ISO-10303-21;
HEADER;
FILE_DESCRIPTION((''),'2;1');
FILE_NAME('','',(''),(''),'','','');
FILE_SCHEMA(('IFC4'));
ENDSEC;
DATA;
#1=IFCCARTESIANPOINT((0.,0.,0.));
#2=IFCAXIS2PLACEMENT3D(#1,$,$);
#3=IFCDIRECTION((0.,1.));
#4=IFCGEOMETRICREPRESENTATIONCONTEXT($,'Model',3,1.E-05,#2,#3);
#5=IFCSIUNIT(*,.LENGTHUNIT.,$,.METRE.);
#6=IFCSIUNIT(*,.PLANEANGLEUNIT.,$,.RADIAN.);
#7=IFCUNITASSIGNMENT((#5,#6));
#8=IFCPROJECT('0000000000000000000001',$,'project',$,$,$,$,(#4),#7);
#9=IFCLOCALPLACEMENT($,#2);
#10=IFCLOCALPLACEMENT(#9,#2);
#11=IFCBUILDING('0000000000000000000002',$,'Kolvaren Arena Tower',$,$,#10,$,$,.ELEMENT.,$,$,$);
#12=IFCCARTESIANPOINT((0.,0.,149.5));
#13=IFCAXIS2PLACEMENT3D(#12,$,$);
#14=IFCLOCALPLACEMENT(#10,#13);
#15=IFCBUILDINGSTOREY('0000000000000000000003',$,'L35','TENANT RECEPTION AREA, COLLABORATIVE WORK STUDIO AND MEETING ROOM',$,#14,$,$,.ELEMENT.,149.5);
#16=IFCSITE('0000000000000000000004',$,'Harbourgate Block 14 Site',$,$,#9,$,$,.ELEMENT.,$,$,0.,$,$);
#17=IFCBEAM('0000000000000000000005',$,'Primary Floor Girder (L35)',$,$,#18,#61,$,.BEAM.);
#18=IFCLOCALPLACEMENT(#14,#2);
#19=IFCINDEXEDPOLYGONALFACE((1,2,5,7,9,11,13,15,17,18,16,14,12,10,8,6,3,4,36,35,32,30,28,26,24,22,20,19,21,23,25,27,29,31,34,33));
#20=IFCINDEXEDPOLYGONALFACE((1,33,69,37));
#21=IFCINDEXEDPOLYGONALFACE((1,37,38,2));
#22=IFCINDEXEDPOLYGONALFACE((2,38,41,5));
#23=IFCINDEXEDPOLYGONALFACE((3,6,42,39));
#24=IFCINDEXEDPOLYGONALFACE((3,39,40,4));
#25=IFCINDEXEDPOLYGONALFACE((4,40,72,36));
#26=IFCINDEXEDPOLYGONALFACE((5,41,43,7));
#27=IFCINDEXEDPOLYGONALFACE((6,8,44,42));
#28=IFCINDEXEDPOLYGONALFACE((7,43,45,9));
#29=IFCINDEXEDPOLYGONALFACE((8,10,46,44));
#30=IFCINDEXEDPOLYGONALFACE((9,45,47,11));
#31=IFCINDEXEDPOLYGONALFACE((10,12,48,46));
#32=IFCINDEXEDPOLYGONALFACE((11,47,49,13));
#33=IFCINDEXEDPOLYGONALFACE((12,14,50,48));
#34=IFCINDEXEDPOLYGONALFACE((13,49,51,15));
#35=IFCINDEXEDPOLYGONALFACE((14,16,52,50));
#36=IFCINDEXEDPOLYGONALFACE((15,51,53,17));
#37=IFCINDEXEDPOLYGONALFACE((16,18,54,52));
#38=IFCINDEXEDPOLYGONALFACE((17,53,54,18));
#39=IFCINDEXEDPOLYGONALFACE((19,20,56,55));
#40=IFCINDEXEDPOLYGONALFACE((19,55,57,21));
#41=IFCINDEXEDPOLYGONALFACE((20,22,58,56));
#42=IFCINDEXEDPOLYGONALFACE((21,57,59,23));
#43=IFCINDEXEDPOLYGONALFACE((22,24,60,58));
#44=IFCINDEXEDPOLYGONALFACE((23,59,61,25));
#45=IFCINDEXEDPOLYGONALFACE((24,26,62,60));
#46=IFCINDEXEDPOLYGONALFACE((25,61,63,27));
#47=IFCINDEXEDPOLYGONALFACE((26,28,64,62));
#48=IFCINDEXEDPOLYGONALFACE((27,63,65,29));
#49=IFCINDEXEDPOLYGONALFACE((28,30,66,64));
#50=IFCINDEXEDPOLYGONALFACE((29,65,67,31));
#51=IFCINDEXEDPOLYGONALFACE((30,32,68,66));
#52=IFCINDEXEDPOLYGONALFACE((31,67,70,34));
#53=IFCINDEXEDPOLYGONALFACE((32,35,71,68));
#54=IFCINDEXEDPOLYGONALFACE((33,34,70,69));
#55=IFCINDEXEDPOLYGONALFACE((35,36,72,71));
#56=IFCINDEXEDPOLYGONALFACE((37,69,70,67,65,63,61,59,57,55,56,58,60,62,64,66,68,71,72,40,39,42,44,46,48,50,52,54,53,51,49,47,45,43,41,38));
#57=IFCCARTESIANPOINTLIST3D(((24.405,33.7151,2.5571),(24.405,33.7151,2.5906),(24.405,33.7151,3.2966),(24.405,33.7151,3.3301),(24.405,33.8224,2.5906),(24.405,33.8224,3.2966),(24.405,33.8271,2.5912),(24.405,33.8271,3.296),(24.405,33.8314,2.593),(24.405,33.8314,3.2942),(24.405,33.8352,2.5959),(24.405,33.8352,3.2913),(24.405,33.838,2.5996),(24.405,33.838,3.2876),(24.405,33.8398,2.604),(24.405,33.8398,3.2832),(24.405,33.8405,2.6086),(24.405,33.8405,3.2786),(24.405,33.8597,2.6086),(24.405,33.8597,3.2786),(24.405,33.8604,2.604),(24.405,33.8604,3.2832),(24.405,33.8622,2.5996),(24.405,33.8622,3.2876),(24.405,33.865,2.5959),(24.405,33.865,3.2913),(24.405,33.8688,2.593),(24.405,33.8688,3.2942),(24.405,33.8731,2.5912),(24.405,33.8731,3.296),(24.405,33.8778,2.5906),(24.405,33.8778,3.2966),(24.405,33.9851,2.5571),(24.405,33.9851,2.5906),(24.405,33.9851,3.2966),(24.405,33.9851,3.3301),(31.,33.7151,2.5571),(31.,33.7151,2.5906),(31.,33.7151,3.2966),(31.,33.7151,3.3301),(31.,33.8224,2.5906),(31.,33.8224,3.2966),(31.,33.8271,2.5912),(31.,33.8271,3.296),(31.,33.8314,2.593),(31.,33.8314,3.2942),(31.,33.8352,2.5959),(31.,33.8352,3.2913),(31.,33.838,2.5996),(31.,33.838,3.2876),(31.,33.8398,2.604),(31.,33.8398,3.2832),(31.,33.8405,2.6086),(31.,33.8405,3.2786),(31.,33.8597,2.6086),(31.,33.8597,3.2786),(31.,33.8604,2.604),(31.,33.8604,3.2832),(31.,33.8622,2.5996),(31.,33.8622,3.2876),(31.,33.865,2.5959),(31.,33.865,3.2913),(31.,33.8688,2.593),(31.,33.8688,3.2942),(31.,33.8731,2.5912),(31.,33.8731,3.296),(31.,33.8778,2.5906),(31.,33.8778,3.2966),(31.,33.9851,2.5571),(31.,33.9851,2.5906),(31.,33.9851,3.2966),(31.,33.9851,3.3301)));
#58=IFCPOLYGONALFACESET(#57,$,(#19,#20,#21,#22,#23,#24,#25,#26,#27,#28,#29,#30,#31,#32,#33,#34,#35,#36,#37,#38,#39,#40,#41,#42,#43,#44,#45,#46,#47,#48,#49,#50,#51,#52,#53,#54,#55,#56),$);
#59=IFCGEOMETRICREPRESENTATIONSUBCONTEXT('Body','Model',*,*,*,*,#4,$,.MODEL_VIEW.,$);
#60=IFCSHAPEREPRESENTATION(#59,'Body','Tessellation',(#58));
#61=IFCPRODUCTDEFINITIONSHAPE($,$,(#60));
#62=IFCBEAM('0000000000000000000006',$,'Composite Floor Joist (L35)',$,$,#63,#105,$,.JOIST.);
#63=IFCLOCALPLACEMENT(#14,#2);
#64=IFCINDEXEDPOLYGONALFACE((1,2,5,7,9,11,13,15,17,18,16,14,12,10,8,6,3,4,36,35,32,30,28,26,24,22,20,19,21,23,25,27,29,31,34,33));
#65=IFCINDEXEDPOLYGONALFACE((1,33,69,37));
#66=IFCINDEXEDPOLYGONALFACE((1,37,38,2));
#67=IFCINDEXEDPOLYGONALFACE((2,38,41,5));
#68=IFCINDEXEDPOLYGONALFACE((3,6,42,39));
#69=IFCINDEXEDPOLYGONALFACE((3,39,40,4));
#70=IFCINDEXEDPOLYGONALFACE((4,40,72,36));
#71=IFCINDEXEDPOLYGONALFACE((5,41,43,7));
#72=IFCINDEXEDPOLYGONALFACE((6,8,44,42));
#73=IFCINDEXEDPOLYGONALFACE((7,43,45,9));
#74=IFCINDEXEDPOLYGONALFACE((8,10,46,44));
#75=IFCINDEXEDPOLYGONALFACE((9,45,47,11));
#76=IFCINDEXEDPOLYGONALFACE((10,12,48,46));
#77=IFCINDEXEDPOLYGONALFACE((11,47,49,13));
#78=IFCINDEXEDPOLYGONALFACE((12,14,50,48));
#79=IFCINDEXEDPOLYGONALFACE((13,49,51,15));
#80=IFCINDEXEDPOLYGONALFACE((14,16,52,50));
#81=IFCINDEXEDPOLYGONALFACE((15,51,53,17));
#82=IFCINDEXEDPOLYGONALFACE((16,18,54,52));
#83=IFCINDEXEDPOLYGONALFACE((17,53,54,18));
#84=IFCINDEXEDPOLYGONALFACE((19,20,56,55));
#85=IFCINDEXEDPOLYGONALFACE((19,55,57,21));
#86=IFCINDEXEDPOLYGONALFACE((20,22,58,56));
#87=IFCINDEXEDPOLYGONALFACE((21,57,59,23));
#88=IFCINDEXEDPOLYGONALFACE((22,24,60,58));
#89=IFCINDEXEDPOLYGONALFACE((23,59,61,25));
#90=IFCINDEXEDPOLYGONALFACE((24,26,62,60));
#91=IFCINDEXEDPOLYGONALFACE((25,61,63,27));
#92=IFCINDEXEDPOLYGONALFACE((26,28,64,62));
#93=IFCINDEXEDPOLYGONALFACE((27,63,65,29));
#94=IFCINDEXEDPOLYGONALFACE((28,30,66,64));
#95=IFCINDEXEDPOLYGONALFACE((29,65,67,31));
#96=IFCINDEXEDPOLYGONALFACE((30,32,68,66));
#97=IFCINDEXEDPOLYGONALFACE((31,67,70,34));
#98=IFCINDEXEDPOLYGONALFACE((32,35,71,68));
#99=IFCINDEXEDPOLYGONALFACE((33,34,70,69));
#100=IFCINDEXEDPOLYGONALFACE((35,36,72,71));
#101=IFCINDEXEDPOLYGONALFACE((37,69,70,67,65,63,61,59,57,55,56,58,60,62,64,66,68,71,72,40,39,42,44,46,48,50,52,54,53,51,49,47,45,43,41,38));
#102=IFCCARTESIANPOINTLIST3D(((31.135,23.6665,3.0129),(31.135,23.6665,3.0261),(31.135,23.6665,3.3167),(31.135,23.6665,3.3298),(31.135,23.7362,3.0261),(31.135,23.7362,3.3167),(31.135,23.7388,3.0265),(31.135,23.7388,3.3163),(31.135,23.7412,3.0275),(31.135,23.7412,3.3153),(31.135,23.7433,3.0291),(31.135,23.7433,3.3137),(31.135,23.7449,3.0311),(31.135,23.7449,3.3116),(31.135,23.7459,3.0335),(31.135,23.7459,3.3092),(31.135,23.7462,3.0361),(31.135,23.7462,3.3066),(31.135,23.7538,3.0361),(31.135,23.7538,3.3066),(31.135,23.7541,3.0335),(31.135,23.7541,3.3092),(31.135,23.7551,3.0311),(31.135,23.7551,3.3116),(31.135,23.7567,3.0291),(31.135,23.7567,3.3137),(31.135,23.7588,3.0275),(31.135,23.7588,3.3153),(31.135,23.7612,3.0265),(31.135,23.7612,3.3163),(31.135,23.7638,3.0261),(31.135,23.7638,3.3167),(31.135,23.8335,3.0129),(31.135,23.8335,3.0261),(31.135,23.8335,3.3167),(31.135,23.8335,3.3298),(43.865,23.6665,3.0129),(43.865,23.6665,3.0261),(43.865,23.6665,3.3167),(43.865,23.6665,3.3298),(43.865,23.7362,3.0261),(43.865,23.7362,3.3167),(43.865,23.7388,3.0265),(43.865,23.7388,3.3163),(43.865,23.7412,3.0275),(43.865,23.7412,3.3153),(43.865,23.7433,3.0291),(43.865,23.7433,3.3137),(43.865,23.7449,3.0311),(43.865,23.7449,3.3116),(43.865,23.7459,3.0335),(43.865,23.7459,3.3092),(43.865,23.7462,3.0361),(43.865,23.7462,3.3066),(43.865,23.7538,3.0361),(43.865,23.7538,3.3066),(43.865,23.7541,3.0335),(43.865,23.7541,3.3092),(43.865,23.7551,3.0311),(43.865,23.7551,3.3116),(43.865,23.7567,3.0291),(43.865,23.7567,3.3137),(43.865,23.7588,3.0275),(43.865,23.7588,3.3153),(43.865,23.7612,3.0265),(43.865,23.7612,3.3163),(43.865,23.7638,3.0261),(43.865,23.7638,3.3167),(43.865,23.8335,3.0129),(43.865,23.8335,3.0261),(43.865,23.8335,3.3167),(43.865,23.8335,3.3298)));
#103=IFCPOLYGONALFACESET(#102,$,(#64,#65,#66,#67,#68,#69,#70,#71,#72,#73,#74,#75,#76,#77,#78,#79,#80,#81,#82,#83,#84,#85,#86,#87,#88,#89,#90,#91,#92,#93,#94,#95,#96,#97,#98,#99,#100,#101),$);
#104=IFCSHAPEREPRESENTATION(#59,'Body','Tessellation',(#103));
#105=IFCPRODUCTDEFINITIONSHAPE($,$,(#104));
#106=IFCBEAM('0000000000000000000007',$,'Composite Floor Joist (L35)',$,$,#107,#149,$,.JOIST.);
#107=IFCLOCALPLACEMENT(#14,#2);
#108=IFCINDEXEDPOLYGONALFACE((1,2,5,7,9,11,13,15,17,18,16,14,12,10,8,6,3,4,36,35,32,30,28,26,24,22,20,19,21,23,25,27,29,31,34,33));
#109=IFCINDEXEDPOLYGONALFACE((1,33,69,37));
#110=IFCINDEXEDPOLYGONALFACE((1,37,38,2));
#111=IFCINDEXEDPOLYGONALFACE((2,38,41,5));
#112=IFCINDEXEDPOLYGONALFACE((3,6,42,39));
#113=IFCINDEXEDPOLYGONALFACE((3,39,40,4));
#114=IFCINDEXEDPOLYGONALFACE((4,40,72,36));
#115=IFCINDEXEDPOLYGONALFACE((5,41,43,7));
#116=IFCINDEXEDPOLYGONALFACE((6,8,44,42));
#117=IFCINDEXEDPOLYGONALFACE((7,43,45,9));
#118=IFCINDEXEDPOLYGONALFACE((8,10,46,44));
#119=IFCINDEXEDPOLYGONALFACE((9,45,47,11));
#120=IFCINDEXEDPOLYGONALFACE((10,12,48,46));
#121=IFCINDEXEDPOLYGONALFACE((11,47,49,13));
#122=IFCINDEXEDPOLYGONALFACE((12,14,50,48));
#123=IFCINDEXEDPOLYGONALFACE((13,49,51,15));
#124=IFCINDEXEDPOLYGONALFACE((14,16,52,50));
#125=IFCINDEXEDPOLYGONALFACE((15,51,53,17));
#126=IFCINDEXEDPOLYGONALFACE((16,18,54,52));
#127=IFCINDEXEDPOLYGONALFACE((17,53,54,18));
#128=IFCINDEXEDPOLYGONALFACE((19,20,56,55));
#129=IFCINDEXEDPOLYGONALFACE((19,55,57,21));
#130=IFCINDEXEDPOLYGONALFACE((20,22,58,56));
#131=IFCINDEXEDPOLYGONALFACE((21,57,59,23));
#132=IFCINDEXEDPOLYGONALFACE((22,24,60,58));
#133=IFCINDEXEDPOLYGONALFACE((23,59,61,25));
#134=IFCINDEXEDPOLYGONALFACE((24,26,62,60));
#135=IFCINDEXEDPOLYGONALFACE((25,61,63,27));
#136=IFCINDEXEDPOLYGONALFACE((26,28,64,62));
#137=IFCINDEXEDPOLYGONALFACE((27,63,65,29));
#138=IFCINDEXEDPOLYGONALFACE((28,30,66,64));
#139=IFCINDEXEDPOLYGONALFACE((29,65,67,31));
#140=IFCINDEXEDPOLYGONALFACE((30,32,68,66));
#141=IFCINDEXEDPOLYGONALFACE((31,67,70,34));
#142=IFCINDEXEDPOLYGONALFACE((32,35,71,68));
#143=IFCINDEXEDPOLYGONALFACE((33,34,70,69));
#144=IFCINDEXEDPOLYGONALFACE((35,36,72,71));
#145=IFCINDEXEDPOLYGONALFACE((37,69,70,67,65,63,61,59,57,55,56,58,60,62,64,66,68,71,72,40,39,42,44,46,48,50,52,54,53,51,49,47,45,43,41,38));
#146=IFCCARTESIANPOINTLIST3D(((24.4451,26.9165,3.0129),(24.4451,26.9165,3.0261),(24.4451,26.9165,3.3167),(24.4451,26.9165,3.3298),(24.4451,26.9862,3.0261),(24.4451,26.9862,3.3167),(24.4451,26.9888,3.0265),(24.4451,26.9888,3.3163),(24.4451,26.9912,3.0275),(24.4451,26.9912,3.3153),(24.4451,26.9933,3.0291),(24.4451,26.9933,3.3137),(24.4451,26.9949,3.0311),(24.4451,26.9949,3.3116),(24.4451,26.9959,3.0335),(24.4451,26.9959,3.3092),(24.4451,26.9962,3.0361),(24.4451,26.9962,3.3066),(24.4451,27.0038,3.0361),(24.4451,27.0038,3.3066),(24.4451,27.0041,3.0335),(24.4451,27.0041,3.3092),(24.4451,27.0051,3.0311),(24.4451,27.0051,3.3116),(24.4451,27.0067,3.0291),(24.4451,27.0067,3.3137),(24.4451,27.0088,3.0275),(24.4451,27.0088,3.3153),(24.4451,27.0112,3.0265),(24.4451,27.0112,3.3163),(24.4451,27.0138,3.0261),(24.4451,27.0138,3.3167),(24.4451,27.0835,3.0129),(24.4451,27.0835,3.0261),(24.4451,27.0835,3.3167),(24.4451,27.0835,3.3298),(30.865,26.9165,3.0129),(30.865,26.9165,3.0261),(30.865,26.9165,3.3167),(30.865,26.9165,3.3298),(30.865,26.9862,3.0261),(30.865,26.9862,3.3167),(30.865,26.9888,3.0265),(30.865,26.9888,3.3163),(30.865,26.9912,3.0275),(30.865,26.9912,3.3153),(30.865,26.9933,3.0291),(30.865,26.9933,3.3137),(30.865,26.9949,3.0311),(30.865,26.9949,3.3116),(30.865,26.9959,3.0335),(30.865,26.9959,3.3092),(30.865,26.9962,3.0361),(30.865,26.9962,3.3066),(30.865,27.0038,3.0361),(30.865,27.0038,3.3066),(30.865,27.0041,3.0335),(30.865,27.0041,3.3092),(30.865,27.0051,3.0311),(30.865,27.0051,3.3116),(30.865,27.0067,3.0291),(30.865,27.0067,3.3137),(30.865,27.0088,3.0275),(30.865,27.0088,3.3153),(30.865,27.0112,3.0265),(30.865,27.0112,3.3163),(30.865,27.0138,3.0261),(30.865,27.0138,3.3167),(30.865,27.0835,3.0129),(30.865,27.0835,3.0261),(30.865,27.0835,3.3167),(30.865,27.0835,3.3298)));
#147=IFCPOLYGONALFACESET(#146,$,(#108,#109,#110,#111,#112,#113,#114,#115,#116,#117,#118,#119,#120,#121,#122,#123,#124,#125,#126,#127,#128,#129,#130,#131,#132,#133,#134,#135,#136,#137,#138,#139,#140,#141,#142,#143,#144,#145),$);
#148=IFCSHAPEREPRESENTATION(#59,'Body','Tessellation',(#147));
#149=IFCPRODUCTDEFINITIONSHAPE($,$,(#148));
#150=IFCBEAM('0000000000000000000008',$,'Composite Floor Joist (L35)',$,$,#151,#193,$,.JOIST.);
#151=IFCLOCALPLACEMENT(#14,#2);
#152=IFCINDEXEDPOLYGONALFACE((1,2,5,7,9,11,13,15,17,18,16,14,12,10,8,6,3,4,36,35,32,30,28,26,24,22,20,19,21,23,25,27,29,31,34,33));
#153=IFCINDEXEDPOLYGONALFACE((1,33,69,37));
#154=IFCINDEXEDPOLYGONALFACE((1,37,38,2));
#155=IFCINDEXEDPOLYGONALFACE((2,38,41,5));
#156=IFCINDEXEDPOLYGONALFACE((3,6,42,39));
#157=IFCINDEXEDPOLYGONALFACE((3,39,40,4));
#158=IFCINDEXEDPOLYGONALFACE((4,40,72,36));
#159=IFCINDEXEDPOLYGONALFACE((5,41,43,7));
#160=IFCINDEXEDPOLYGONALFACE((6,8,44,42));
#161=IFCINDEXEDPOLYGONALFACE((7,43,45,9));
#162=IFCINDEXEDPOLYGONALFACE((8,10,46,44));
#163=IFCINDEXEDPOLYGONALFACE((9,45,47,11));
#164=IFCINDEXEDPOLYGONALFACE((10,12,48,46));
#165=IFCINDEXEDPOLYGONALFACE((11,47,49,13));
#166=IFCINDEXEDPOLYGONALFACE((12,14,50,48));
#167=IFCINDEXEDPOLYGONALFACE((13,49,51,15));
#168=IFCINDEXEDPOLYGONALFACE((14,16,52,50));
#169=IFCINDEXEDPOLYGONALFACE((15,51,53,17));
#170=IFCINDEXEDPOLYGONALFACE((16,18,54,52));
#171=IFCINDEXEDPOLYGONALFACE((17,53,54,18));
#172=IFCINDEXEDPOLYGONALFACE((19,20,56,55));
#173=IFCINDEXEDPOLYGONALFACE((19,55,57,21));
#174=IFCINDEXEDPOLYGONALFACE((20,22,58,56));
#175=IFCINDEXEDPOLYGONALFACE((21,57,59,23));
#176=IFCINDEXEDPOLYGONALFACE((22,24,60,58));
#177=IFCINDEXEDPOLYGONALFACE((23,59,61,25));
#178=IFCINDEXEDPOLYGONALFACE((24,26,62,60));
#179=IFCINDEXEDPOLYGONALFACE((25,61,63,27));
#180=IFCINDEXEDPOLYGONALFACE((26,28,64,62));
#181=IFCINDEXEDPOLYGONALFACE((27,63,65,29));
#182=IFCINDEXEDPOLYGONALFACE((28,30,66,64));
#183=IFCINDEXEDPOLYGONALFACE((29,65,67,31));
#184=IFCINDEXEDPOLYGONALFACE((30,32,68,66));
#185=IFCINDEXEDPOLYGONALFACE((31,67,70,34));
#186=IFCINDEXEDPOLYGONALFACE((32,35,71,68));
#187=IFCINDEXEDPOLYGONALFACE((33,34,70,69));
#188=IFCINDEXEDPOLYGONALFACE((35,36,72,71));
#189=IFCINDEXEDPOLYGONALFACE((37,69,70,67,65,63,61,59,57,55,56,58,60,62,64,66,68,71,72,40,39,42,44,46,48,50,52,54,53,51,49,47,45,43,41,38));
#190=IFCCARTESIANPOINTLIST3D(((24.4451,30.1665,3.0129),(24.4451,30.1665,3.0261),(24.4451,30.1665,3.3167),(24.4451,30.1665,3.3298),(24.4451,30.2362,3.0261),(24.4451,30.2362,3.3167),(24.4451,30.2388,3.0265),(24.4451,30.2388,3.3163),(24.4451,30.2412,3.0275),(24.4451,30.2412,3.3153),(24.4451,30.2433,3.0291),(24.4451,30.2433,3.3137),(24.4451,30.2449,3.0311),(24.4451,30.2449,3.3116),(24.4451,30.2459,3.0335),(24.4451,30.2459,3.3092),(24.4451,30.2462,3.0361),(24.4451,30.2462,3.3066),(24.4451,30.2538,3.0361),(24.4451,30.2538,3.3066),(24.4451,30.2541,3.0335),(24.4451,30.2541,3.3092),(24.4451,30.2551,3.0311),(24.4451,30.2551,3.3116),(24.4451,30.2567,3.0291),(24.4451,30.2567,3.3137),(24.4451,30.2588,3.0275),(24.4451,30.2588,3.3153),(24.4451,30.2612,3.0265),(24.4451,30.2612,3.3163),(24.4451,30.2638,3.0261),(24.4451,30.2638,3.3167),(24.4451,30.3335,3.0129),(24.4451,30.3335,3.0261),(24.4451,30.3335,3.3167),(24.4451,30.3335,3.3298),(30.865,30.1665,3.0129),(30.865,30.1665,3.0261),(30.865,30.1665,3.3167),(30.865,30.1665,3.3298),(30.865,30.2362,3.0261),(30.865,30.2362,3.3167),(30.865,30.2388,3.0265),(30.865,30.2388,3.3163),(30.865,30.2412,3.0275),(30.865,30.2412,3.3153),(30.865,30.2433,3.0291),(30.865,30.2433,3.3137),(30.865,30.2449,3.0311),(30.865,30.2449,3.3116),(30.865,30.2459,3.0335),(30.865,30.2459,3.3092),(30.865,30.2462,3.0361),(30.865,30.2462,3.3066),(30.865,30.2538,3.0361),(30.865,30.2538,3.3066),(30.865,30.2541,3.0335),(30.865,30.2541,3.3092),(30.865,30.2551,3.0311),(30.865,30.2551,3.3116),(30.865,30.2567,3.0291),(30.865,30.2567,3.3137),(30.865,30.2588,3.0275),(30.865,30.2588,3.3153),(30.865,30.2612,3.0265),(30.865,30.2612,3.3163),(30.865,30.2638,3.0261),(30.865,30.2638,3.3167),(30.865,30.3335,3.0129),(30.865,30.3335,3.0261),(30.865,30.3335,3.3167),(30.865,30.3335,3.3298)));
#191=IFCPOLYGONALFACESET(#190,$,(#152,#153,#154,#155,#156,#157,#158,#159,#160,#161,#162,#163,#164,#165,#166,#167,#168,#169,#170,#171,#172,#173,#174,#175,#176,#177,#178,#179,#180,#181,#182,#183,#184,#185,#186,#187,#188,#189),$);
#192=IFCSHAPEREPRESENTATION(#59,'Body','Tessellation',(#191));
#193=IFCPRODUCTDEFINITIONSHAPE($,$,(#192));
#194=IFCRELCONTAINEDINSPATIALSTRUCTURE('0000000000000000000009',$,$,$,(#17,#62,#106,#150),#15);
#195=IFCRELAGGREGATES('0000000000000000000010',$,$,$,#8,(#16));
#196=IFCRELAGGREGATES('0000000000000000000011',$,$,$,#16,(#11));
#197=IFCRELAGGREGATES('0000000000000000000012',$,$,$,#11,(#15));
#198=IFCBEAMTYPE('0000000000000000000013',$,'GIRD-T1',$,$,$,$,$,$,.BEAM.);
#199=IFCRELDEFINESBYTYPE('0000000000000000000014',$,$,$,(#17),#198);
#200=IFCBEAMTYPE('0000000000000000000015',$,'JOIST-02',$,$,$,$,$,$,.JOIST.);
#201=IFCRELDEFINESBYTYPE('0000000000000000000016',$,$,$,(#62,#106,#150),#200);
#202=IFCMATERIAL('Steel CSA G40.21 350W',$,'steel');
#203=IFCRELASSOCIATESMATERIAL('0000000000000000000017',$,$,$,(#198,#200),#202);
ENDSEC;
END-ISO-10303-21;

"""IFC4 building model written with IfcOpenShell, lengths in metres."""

from ifc_helpers import new_model, si_unit, direction, frame, origin, origin_2d, place, context, subcontext, project, spatial, i_section, extrude, material, material_profile, profile_set, type_object, element, save


model = new_model("IFC4")

# Units and contexts
model_context = context("Model", 3, precision=1e-05, world=origin(), true_north=direction((0.0, 1.0)))
body_context = subcontext(model_context, "Body", "Model", "MODEL_VIEW")
ifc_project = project(units=[si_unit("LENGTHUNIT", "METRE"), si_unit("PLANEANGLEUNIT", "RADIAN")], contexts=[model_context])

# Site, building, storey
site_placement = place(None, origin())
site = spatial("IfcSite", under=ifc_project, at=site_placement, Name="Harbourgate Block 14 Site", CompositionType="ELEMENT", RefElevation=0.0)
building_placement = place(site_placement, origin())
building = spatial("IfcBuilding", under=site, at=building_placement, Name="Kolvaren Arena Tower", CompositionType="ELEMENT")
storey_placement = place(building_placement, frame((0.0, 0.0, 149.5)))
storey = spatial("IfcBuildingStorey", under=building, at=storey_placement, Name="L35", Description="TENANT RECEPTION AREA, COLLABORATIVE WORK STUDIO AND MEETING ROOM", CompositionType="ELEMENT", Elevation=149.5)

# Beams
ifc_material_1 = material(Name="Steel CSA G40.21 350W", Category="steel")
ifc_material_profile_1 = material_profile(ifc_material_1, i_section(OverallWidth=0.27, OverallDepth=0.7729, WebThickness=0.0193, FlangeThickness=0.0334, FilletRadius=0.0181, at=origin_2d()), Name="W760x257")
ifc_profile_set_1 = profile_set([ifc_material_profile_1], Name="Steel CSA G40.21 350W")
beam_type_1 = type_object("IfcBeamType", Name="GIRD-T1", PredefinedType="BEAM", material=ifc_profile_set_1)
beam_1_placement = place(storey_placement, frame((24.405, 33.8501, 2.9436), z_axis=(1.0, 0.0, 0.0), x_axis=(0.0, 1.0, 0.0)))
element("IfcBeam", 1, at=beam_1_placement, inside=storey, type_object=beam_type_1, Name="Primary Floor Girder (L35)", PredefinedType="BEAM", context=body_context, shape_type="SweptSolid", body=[
    extrude(i_section(OverallWidth=0.27, OverallDepth=0.7729, WebThickness=0.0193, FlangeThickness=0.0334, FilletRadius=0.0181, at=origin_2d()), origin(), (0.0, 0.0, 1.0), 6.595),
])
ifc_material_profile_2 = material_profile(ifc_material_1, i_section(OverallWidth=0.167, OverallDepth=0.3169, WebThickness=0.0076, FlangeThickness=0.0132, FilletRadius=0.01, at=origin_2d()), Name="W310x52")
ifc_profile_set_2 = profile_set([ifc_material_profile_2], Name="Steel CSA G40.21 350W")
beam_type_2 = type_object("IfcBeamType", Name="JOIST-02", PredefinedType="JOIST", material=ifc_profile_set_2)
beam_2_placement = place(storey_placement, frame((31.135, 23.75, 3.1714), z_axis=(1.0, 0.0, 0.0), x_axis=(0.0, 1.0, 0.0)))
element("IfcBeam", 2, at=beam_2_placement, inside=storey, type_object=beam_type_2, Name="Composite Floor Joist (L35)", PredefinedType="JOIST", context=body_context, shape_type="SweptSolid", body=[
    extrude(i_section(OverallWidth=0.167, OverallDepth=0.3169, WebThickness=0.0076, FlangeThickness=0.0132, FilletRadius=0.01, at=origin_2d()), origin(), (0.0, 0.0, 1.0), 12.73),
])
for number, where, z_axis, x_axis, name in (
    (3, (24.4451, 27.0, 3.1714), (1.0, 0.0, 0.0), (0.0, 1.0, 0.0), "Composite Floor Joist (L35)"),
    (4, (24.4451, 30.25, 3.1714), (1.0, 0.0, 0.0), (0.0, 1.0, 0.0), "Composite Floor Joist (L35)"),
):
    element("IfcBeam", number, at=place(storey_placement, frame(where, z_axis=z_axis, x_axis=x_axis)), inside=storey, type_object=beam_type_2, Name=name, PredefinedType="JOIST", context=body_context, shape_type="SweptSolid", body=[
        extrude(i_section(OverallWidth=0.167, OverallDepth=0.3169, WebThickness=0.0076, FlangeThickness=0.0132, FilletRadius=0.01, at=origin_2d()), origin(), (0.0, 0.0, 1.0), 6.4199),
    ])

save(model, "model.ifc")
